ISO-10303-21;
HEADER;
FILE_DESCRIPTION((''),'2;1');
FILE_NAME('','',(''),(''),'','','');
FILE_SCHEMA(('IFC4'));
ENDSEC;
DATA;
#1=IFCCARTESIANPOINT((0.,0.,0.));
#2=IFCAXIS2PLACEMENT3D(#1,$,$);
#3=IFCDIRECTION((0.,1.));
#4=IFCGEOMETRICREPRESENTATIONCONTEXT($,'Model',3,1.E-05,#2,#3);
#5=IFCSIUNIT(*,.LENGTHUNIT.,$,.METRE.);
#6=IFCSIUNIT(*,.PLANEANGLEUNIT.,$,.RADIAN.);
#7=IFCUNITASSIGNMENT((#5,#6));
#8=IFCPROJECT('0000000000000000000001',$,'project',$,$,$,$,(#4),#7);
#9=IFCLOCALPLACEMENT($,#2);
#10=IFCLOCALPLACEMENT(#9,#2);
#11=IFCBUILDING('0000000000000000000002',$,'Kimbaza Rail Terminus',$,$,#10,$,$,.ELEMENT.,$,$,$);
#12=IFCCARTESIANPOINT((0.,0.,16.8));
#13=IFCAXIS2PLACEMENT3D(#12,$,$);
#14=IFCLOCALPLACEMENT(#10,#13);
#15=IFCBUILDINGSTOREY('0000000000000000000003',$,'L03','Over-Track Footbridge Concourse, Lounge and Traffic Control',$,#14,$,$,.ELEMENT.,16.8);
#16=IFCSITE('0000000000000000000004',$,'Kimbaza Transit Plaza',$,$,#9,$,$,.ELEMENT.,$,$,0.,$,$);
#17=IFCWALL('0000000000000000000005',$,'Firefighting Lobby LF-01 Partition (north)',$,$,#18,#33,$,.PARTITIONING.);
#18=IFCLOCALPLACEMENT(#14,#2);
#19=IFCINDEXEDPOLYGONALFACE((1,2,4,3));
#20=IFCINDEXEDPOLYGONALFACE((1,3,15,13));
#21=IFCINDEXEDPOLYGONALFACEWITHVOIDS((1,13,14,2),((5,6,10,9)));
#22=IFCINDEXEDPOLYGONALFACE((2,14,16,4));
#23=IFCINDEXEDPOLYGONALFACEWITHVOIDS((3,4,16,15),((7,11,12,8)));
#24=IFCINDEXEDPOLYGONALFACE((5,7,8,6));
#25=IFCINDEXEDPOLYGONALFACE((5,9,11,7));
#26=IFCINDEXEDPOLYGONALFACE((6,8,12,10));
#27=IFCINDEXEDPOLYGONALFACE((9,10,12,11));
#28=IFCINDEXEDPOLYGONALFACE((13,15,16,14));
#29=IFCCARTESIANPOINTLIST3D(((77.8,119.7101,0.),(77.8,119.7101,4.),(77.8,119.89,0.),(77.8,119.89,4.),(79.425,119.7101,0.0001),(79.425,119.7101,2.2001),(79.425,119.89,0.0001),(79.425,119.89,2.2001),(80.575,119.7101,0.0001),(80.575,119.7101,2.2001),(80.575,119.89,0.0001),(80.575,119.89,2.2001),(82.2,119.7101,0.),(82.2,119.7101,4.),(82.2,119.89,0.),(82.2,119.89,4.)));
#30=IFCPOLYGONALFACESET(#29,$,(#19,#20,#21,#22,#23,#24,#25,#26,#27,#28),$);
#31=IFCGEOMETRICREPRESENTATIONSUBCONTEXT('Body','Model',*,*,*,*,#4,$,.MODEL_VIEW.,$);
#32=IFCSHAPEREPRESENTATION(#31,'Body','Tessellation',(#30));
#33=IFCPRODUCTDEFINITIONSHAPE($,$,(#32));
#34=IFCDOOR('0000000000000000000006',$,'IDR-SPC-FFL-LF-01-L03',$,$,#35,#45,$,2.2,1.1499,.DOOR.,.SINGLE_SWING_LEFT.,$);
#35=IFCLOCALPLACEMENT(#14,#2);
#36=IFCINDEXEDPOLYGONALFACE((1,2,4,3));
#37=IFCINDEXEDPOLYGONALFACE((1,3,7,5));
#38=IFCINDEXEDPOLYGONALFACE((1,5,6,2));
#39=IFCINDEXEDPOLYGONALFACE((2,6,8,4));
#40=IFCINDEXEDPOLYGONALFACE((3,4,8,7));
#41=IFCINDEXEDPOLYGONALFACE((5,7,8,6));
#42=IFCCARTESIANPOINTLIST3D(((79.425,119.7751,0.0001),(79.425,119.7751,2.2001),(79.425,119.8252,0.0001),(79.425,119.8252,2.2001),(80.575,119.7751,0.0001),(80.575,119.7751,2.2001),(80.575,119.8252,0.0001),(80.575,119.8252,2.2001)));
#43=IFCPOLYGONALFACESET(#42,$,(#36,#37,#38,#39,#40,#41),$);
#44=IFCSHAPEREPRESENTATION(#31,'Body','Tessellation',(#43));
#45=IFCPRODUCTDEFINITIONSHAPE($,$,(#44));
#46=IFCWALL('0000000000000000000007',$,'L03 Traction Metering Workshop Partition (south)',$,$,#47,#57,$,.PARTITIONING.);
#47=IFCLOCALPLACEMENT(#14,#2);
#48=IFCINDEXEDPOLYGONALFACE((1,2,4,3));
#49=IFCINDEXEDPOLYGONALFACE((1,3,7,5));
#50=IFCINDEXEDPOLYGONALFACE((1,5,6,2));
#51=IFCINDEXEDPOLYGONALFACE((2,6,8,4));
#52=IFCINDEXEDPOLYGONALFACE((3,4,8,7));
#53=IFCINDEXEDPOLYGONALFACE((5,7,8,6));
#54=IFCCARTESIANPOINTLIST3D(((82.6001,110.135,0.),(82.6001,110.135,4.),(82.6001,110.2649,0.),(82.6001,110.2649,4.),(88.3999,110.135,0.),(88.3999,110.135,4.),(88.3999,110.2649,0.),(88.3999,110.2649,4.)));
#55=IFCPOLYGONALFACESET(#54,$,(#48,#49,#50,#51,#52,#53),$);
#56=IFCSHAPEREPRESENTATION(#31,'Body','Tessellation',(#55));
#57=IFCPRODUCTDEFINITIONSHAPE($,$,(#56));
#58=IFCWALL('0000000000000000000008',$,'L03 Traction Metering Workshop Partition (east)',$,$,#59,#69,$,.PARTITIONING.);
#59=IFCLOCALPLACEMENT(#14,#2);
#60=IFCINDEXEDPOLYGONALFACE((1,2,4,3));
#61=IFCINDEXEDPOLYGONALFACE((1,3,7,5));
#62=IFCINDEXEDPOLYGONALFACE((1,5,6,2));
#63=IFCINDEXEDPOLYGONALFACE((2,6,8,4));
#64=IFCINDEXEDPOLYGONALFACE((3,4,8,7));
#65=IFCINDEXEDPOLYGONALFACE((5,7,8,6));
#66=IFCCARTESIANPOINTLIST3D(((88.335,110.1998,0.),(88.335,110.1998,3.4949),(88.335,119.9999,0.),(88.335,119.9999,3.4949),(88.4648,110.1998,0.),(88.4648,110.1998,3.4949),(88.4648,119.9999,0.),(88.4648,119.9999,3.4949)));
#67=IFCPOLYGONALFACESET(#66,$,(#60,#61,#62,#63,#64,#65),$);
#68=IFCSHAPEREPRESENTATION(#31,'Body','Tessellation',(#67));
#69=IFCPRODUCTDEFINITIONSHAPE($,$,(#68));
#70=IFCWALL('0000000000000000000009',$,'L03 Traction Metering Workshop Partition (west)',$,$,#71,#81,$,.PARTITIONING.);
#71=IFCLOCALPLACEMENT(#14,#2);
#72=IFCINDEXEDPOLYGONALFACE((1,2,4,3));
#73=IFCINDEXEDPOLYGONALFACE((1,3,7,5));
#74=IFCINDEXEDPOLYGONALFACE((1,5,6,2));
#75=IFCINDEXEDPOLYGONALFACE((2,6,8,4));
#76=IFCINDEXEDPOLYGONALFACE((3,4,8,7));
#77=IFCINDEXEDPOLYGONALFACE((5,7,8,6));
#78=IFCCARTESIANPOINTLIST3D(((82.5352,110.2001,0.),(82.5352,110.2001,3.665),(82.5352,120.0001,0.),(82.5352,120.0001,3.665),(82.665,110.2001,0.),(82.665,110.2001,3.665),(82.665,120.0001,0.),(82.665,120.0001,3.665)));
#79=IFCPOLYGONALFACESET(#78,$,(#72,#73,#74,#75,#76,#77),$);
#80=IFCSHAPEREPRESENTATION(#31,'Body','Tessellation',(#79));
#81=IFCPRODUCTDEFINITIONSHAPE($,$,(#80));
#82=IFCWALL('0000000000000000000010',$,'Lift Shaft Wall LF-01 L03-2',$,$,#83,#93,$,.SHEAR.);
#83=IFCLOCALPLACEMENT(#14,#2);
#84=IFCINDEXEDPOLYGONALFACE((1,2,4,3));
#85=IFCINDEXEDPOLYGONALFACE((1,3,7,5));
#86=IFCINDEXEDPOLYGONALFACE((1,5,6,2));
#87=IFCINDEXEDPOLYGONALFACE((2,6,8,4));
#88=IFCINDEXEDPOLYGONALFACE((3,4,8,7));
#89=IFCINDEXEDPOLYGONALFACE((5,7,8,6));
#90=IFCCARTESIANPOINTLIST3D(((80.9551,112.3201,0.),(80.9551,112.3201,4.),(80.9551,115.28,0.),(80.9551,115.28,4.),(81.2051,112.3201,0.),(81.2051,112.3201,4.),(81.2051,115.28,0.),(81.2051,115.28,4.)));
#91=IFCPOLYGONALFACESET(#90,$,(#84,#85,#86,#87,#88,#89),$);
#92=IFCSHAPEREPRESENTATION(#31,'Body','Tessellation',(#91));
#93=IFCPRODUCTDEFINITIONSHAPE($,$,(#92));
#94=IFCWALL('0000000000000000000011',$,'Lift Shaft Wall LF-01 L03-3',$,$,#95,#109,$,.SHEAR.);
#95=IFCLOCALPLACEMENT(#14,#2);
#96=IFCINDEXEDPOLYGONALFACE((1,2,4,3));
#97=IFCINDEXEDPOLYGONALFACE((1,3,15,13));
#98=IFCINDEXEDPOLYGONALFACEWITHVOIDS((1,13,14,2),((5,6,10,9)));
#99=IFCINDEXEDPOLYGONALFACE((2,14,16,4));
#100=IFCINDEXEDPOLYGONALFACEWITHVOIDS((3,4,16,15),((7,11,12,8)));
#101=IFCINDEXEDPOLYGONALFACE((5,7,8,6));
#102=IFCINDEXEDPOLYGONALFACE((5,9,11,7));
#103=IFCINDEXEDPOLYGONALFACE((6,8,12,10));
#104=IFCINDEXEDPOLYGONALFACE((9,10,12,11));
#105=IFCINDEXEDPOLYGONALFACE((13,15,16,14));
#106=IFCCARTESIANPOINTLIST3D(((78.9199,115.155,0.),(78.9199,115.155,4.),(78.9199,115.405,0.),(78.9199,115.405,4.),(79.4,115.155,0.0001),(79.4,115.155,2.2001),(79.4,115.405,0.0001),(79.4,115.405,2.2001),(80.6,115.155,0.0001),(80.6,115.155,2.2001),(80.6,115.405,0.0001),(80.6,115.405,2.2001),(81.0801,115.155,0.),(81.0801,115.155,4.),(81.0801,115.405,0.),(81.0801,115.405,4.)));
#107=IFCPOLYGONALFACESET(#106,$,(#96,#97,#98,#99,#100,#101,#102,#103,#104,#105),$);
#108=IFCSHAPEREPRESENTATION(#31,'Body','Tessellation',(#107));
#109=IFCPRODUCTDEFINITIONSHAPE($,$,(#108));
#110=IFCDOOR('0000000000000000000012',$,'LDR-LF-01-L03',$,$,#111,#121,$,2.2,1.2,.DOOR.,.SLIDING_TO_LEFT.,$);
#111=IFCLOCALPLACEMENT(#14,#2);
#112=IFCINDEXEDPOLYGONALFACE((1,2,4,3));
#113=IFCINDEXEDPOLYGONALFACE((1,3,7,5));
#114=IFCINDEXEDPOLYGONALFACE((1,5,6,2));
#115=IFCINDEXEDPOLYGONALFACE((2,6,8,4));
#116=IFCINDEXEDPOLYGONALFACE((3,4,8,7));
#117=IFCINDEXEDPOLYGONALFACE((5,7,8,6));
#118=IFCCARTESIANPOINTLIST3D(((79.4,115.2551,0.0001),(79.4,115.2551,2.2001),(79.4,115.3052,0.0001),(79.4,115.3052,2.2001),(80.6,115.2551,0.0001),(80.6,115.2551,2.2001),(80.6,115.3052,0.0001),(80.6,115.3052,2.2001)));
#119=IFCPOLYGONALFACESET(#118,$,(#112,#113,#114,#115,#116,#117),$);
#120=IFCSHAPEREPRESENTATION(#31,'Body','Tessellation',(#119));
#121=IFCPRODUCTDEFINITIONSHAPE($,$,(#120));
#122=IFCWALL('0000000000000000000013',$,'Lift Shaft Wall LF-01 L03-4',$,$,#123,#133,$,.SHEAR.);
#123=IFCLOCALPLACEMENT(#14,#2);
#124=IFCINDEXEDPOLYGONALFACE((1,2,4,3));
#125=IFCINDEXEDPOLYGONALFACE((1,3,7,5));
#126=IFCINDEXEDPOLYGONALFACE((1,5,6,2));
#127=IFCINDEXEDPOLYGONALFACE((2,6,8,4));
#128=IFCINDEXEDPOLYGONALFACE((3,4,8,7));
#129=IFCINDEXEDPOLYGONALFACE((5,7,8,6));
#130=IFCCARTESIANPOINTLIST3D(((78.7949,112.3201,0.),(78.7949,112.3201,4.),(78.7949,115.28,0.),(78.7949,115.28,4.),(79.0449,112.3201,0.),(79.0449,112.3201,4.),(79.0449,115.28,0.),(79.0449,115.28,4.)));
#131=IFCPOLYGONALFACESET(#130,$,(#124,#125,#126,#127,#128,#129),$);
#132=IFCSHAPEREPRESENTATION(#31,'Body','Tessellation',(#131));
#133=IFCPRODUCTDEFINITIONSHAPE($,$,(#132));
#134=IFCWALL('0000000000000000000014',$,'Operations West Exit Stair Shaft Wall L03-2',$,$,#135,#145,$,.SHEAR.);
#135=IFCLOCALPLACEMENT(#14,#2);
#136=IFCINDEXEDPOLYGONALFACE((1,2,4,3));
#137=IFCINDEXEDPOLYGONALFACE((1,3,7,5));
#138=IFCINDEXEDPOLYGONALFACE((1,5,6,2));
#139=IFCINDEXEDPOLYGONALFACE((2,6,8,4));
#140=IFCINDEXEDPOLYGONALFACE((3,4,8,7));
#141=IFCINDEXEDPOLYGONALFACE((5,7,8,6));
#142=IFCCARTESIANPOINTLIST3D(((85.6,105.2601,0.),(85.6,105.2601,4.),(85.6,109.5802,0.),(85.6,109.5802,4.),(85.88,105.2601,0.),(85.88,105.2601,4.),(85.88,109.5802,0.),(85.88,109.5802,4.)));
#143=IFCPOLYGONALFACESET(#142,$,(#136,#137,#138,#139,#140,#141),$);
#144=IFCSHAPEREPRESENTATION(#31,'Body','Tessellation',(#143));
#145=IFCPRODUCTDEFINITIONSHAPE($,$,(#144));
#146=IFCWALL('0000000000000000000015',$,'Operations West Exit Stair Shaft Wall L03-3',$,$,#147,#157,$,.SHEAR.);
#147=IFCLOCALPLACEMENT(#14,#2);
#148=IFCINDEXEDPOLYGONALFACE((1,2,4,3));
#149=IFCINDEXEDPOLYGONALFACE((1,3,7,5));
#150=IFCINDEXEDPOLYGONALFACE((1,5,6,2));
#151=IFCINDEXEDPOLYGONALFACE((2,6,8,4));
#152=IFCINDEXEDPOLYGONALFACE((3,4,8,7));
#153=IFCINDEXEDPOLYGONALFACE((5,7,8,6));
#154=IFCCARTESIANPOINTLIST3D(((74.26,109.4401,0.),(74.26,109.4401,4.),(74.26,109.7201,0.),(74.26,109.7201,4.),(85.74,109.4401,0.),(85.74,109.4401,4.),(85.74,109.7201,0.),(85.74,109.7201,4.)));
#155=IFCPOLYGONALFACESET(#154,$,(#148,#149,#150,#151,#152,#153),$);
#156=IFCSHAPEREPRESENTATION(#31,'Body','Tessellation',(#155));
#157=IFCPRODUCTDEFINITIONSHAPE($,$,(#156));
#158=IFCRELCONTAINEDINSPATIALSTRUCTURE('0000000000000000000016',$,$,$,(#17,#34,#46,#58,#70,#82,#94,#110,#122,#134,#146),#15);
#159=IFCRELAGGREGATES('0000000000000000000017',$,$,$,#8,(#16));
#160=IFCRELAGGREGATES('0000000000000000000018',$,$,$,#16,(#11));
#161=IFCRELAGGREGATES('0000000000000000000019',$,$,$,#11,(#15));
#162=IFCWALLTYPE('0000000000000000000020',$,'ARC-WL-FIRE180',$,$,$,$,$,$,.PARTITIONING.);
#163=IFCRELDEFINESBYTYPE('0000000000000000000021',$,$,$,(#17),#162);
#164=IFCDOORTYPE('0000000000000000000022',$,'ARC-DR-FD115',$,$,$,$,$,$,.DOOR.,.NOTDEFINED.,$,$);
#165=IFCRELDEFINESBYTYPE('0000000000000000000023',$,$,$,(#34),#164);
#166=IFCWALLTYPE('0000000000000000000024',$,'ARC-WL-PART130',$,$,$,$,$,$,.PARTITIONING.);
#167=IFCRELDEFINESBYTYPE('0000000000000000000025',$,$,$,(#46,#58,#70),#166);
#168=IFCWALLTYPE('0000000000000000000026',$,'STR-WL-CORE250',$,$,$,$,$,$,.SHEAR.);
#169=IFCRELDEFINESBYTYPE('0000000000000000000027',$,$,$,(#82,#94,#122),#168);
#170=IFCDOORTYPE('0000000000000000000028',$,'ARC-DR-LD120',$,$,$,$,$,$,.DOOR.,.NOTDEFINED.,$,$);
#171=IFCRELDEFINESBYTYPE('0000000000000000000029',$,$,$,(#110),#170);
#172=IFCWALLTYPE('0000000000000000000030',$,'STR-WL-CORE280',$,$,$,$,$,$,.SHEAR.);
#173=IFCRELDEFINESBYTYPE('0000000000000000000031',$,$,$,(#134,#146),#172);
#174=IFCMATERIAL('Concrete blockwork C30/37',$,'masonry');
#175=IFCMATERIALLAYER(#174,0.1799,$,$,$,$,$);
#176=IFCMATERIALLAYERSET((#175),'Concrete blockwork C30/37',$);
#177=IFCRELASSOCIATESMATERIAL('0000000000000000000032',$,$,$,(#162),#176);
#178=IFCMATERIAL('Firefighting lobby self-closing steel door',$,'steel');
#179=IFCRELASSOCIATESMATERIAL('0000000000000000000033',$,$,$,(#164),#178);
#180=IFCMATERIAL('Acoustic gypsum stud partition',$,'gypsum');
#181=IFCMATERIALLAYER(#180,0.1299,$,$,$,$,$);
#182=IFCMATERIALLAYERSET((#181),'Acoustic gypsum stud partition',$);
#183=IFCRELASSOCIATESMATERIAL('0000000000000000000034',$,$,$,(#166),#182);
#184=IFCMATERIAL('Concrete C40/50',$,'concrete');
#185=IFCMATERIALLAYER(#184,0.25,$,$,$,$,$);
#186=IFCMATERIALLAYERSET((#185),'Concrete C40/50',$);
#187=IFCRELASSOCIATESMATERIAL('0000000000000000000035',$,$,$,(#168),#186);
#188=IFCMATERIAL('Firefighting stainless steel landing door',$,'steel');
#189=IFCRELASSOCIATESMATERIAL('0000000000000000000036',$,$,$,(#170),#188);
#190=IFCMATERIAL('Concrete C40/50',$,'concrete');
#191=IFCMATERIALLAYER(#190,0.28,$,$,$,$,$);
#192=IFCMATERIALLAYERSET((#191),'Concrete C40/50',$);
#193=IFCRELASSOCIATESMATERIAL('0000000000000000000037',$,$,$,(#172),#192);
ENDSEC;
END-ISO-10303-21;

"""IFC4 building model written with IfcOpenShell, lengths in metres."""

from ifc_helpers import new_model, si_unit, direction, frame, frame_2d, origin, place, context, subcontext, project, spatial, rectangle, extrude, material, layer, layer_set, type_object, element, fill, save


model = new_model("IFC4")

# Units and contexts
model_context = context("Model", 3, precision=1e-05, world=origin(), true_north=direction((0.0, 1.0)))
body_context = subcontext(model_context, "Body", "Model", "MODEL_VIEW")
ifc_project = project(units=[si_unit("LENGTHUNIT", "METRE"), si_unit("PLANEANGLEUNIT", "RADIAN")], contexts=[model_context])

# Site, building, storey
site_placement = place(None, origin())
site = spatial("IfcSite", under=ifc_project, at=site_placement, Name="Kimbaza Transit Plaza", CompositionType="ELEMENT", RefElevation=0.0)
building_placement = place(site_placement, origin())
building = spatial("IfcBuilding", under=site, at=building_placement, Name="Kimbaza Rail Terminus", CompositionType="ELEMENT")
storey_placement = place(building_placement, frame((0.0, 0.0, 16.8)))
storey = spatial("IfcBuildingStorey", under=building, at=storey_placement, Name="L03", Description="Over-Track Footbridge Concourse, Lounge and Traffic Control", CompositionType="ELEMENT", Elevation=16.8)

# Shared definitions
ifc_material_1 = material(Name="Concrete blockwork C30/37", Category="masonry")
ifc_layer_1 = layer(ifc_material_1, 0.1799)
ifc_layer_set_1 = layer_set([ifc_layer_1], Name="Concrete blockwork C30/37")
wall_type_1 = type_object("IfcWallType", Name="ARC-WL-FIRE180", PredefinedType="PARTITIONING", material=ifc_layer_set_1)

# Wall, opening, door
wall_1_placement = place(storey_placement, frame((82.2, 119.8, 0.0), z_axis=(0.0, 0.0, 1.0), x_axis=(-1.0, 0.0, 0.0)))
wall_1 = element("IfcWall", 1, at=wall_1_placement, inside=storey, type_object=wall_type_1, Name="Firefighting Lobby LF-01 Partition (north)", PredefinedType="PARTITIONING", context=body_context, shape_type="SweptSolid", body=[
    extrude(rectangle(XDim=4.3999, YDim=0.1799, at=frame_2d((2.2, 0.0))), origin(), (0.0, 0.0, 1.0), 4.0),
])
opening_1_placement = place(wall_1_placement, frame((1.625, 0.0, 0.0)))
opening_1 = element("IfcOpeningElement", 2, at=opening_1_placement, cuts=wall_1, PredefinedType="OPENING", context=body_context, shape_type="SweptSolid", body=[
    extrude(rectangle(XDim=1.1499, YDim=2.2, at=frame_2d((0.575, 1.1001))), frame((0.0, 0.0999, 0.0), z_axis=(0.0, -1.0, 0.0), x_axis=(1.0, 0.0, 0.0)), (0.0, 0.0, 1.0), 0.2),
])
ifc_material_2 = material(Name="Firefighting lobby self-closing steel door", Category="steel")
door_type_1 = type_object("IfcDoorType", Name="ARC-DR-FD115", OperationType="NOTDEFINED", PredefinedType="DOOR", material=ifc_material_2)
door_1_placement = place(opening_1_placement, origin())
door_1 = element("IfcDoor", 3, at=door_1_placement, inside=storey, type_object=door_type_1, Name="IDR-SPC-FFL-LF-01-L03", OperationType="SINGLE_SWING_LEFT", OverallHeight=2.2, OverallWidth=1.1499, PredefinedType="DOOR", context=body_context, shape_type="SweptSolid", body=[
    extrude(rectangle(XDim=1.1499, YDim=2.2, at=frame_2d((0.575, 1.1001))), frame((0.0, 0.0249, 0.0), z_axis=(0.0, -1.0, 0.0), x_axis=(1.0, 0.0, 0.0)), (0.0, 0.0, 1.0), 0.05),
])
fill(opening_1, door_1)

# Walls
ifc_material_3 = material(Name="Acoustic gypsum stud partition", Category="gypsum")
ifc_layer_2 = layer(ifc_material_3, 0.1299)
ifc_layer_set_2 = layer_set([ifc_layer_2], Name="Acoustic gypsum stud partition")
wall_type_2 = type_object("IfcWallType", Name="ARC-WL-PART130", PredefinedType="PARTITIONING", material=ifc_layer_set_2)
wall_2_placement = place(storey_placement, frame((82.6001, 110.2, 0.0), z_axis=(0.0, 0.0, 1.0), x_axis=(1.0, 0.0, 0.0)))
element("IfcWall", 4, at=wall_2_placement, inside=storey, type_object=wall_type_2, Name="L03 Traction Metering Workshop Partition (south)", PredefinedType="PARTITIONING", context=body_context, shape_type="SweptSolid", body=[
    extrude(rectangle(XDim=5.7998, YDim=0.1299, at=frame_2d((2.8999, 0.0))), origin(), (0.0, 0.0, 1.0), 4.0),
])
wall_3_placement = place(storey_placement, frame((88.3999, 110.2, 0.0), z_axis=(0.0, 0.0, 1.0), x_axis=(0.0, 1.0, 0.0)))
element("IfcWall", 5, at=wall_3_placement, inside=storey, type_object=wall_type_2, Name="L03 Traction Metering Workshop Partition (east)", PredefinedType="PARTITIONING", context=body_context, shape_type="SweptSolid", body=[
    extrude(rectangle(XDim=9.8, YDim=0.1299, at=frame_2d((4.8999, 0.0))), origin(), (0.0, 0.0, 1.0), 3.4949),
])
wall_4_placement = place(storey_placement, frame((82.6001, 120.0, 0.0), z_axis=(0.0, 0.0, 1.0), x_axis=(0.0, -1.0, 0.0)))
element("IfcWall", 6, at=wall_4_placement, inside=storey, type_object=wall_type_2, Name="L03 Traction Metering Workshop Partition (west)", PredefinedType="PARTITIONING", context=body_context, shape_type="SweptSolid", body=[
    extrude(rectangle(XDim=9.8, YDim=0.1299, at=frame_2d((4.8999, 0.0))), origin(), (0.0, 0.0, 1.0), 3.665),
])
ifc_material_4 = material(Name="Concrete C40/50", Category="concrete")
ifc_layer_3 = layer(ifc_material_4, 0.25)
ifc_layer_set_3 = layer_set([ifc_layer_3], Name="Concrete C40/50")
wall_type_3 = type_object("IfcWallType", Name="STR-WL-CORE250", PredefinedType="SHEAR", material=ifc_layer_set_3)
wall_5_placement = place(storey_placement, frame((81.0801, 112.3201, 0.0), z_axis=(0.0, 0.0, 1.0), x_axis=(0.0, 1.0, 0.0)))
element("IfcWall", 7, at=wall_5_placement, inside=storey, type_object=wall_type_3, Name="Lift Shaft Wall LF-01 L03-2", PredefinedType="SHEAR", context=body_context, shape_type="SweptSolid", body=[
    extrude(rectangle(XDim=2.96, YDim=0.25, at=frame_2d((1.48, 0.0))), origin(), (0.0, 0.0, 1.0), 4.0),
])

# Wall, opening, door
wall_6_placement = place(storey_placement, frame((81.0801, 115.28, 0.0), z_axis=(0.0, 0.0, 1.0), x_axis=(-1.0, 0.0, 0.0)))
wall_6 = element("IfcWall", 8, at=wall_6_placement, inside=storey, type_object=wall_type_3, Name="Lift Shaft Wall LF-01 L03-3", PredefinedType="SHEAR", context=body_context, shape_type="SweptSolid", body=[
    extrude(rectangle(XDim=2.1602, YDim=0.25, at=frame_2d((1.0801, 0.0))), origin(), (0.0, 0.0, 1.0), 4.0),
])
opening_2_placement = place(wall_6_placement, frame((0.48, 0.0, 0.0)))
opening_2 = element("IfcOpeningElement", 9, at=opening_2_placement, cuts=wall_6, PredefinedType="OPENING", context=body_context, shape_type="SweptSolid", body=[
    extrude(rectangle(XDim=1.2, YDim=2.2, at=frame_2d((0.6001, 1.1001))), frame((0.0, 0.135, 0.0), z_axis=(0.0, -1.0, 0.0), x_axis=(1.0, 0.0, 0.0)), (0.0, 0.0, 1.0), 0.27),
])
ifc_material_5 = material(Name="Firefighting stainless steel landing door", Category="steel")
door_type_2 = type_object("IfcDoorType", Name="ARC-DR-LD120", OperationType="NOTDEFINED", PredefinedType="DOOR", material=ifc_material_5)
door_2_placement = place(opening_2_placement, origin())
door_2 = element("IfcDoor", 10, at=door_2_placement, inside=storey, type_object=door_type_2, Name="LDR-LF-01-L03", OperationType="SLIDING_TO_LEFT", OverallHeight=2.2, OverallWidth=1.2, PredefinedType="DOOR", context=body_context, shape_type="SweptSolid", body=[
    extrude(rectangle(XDim=1.2, YDim=2.2, at=frame_2d((0.6001, 1.1001))), frame((0.0, 0.0249, 0.0), z_axis=(0.0, -1.0, 0.0), x_axis=(1.0, 0.0, 0.0)), (0.0, 0.0, 1.0), 0.05),
])
fill(opening_2, door_2)

# Walls
wall_7_placement = place(storey_placement, frame((78.9199, 115.28, 0.0), z_axis=(0.0, 0.0, 1.0), x_axis=(0.0, -1.0, 0.0)))
element("IfcWall", 11, at=wall_7_placement, inside=storey, type_object=wall_type_3, Name="Lift Shaft Wall LF-01 L03-4", PredefinedType="SHEAR", context=body_context, shape_type="SweptSolid", body=[
    extrude(rectangle(XDim=2.96, YDim=0.25, at=frame_2d((1.48, 0.0))), origin(), (0.0, 0.0, 1.0), 4.0),
])
ifc_material_6 = material(Name="Concrete C40/50", Category="concrete")
ifc_layer_4 = layer(ifc_material_6, 0.28)
ifc_layer_set_4 = layer_set([ifc_layer_4], Name="Concrete C40/50")
wall_type_4 = type_object("IfcWallType", Name="STR-WL-CORE280", PredefinedType="SHEAR", material=ifc_layer_set_4)
wall_8_placement = place(storey_placement, frame((85.74, 105.26, 0.0), z_axis=(0.0, 0.0, 1.0), x_axis=(0.0, 1.0, 0.0)))
element("IfcWall", 12, at=wall_8_placement, inside=storey, type_object=wall_type_4, Name="Operations West Exit Stair Shaft Wall L03-2", PredefinedType="SHEAR", context=body_context, shape_type="SweptSolid", body=[
    extrude(rectangle(XDim=4.3201, YDim=0.28, at=frame_2d((2.1602, 0.0))), origin(), (0.0, 0.0, 1.0), 4.0),
])
wall_9_placement = place(storey_placement, frame((85.74, 109.5801, 0.0), z_axis=(0.0, 0.0, 1.0), x_axis=(-1.0, 0.0, 0.0)))
element("IfcWall", 13, at=wall_9_placement, inside=storey, type_object=wall_type_4, Name="Operations West Exit Stair Shaft Wall L03-3", PredefinedType="SHEAR", context=body_context, shape_type="SweptSolid", body=[
    extrude(rectangle(XDim=11.48, YDim=0.28, at=frame_2d((5.74, 0.0))), origin(), (0.0, 0.0, 1.0), 4.0),
])

save(model, "model.ifc")
